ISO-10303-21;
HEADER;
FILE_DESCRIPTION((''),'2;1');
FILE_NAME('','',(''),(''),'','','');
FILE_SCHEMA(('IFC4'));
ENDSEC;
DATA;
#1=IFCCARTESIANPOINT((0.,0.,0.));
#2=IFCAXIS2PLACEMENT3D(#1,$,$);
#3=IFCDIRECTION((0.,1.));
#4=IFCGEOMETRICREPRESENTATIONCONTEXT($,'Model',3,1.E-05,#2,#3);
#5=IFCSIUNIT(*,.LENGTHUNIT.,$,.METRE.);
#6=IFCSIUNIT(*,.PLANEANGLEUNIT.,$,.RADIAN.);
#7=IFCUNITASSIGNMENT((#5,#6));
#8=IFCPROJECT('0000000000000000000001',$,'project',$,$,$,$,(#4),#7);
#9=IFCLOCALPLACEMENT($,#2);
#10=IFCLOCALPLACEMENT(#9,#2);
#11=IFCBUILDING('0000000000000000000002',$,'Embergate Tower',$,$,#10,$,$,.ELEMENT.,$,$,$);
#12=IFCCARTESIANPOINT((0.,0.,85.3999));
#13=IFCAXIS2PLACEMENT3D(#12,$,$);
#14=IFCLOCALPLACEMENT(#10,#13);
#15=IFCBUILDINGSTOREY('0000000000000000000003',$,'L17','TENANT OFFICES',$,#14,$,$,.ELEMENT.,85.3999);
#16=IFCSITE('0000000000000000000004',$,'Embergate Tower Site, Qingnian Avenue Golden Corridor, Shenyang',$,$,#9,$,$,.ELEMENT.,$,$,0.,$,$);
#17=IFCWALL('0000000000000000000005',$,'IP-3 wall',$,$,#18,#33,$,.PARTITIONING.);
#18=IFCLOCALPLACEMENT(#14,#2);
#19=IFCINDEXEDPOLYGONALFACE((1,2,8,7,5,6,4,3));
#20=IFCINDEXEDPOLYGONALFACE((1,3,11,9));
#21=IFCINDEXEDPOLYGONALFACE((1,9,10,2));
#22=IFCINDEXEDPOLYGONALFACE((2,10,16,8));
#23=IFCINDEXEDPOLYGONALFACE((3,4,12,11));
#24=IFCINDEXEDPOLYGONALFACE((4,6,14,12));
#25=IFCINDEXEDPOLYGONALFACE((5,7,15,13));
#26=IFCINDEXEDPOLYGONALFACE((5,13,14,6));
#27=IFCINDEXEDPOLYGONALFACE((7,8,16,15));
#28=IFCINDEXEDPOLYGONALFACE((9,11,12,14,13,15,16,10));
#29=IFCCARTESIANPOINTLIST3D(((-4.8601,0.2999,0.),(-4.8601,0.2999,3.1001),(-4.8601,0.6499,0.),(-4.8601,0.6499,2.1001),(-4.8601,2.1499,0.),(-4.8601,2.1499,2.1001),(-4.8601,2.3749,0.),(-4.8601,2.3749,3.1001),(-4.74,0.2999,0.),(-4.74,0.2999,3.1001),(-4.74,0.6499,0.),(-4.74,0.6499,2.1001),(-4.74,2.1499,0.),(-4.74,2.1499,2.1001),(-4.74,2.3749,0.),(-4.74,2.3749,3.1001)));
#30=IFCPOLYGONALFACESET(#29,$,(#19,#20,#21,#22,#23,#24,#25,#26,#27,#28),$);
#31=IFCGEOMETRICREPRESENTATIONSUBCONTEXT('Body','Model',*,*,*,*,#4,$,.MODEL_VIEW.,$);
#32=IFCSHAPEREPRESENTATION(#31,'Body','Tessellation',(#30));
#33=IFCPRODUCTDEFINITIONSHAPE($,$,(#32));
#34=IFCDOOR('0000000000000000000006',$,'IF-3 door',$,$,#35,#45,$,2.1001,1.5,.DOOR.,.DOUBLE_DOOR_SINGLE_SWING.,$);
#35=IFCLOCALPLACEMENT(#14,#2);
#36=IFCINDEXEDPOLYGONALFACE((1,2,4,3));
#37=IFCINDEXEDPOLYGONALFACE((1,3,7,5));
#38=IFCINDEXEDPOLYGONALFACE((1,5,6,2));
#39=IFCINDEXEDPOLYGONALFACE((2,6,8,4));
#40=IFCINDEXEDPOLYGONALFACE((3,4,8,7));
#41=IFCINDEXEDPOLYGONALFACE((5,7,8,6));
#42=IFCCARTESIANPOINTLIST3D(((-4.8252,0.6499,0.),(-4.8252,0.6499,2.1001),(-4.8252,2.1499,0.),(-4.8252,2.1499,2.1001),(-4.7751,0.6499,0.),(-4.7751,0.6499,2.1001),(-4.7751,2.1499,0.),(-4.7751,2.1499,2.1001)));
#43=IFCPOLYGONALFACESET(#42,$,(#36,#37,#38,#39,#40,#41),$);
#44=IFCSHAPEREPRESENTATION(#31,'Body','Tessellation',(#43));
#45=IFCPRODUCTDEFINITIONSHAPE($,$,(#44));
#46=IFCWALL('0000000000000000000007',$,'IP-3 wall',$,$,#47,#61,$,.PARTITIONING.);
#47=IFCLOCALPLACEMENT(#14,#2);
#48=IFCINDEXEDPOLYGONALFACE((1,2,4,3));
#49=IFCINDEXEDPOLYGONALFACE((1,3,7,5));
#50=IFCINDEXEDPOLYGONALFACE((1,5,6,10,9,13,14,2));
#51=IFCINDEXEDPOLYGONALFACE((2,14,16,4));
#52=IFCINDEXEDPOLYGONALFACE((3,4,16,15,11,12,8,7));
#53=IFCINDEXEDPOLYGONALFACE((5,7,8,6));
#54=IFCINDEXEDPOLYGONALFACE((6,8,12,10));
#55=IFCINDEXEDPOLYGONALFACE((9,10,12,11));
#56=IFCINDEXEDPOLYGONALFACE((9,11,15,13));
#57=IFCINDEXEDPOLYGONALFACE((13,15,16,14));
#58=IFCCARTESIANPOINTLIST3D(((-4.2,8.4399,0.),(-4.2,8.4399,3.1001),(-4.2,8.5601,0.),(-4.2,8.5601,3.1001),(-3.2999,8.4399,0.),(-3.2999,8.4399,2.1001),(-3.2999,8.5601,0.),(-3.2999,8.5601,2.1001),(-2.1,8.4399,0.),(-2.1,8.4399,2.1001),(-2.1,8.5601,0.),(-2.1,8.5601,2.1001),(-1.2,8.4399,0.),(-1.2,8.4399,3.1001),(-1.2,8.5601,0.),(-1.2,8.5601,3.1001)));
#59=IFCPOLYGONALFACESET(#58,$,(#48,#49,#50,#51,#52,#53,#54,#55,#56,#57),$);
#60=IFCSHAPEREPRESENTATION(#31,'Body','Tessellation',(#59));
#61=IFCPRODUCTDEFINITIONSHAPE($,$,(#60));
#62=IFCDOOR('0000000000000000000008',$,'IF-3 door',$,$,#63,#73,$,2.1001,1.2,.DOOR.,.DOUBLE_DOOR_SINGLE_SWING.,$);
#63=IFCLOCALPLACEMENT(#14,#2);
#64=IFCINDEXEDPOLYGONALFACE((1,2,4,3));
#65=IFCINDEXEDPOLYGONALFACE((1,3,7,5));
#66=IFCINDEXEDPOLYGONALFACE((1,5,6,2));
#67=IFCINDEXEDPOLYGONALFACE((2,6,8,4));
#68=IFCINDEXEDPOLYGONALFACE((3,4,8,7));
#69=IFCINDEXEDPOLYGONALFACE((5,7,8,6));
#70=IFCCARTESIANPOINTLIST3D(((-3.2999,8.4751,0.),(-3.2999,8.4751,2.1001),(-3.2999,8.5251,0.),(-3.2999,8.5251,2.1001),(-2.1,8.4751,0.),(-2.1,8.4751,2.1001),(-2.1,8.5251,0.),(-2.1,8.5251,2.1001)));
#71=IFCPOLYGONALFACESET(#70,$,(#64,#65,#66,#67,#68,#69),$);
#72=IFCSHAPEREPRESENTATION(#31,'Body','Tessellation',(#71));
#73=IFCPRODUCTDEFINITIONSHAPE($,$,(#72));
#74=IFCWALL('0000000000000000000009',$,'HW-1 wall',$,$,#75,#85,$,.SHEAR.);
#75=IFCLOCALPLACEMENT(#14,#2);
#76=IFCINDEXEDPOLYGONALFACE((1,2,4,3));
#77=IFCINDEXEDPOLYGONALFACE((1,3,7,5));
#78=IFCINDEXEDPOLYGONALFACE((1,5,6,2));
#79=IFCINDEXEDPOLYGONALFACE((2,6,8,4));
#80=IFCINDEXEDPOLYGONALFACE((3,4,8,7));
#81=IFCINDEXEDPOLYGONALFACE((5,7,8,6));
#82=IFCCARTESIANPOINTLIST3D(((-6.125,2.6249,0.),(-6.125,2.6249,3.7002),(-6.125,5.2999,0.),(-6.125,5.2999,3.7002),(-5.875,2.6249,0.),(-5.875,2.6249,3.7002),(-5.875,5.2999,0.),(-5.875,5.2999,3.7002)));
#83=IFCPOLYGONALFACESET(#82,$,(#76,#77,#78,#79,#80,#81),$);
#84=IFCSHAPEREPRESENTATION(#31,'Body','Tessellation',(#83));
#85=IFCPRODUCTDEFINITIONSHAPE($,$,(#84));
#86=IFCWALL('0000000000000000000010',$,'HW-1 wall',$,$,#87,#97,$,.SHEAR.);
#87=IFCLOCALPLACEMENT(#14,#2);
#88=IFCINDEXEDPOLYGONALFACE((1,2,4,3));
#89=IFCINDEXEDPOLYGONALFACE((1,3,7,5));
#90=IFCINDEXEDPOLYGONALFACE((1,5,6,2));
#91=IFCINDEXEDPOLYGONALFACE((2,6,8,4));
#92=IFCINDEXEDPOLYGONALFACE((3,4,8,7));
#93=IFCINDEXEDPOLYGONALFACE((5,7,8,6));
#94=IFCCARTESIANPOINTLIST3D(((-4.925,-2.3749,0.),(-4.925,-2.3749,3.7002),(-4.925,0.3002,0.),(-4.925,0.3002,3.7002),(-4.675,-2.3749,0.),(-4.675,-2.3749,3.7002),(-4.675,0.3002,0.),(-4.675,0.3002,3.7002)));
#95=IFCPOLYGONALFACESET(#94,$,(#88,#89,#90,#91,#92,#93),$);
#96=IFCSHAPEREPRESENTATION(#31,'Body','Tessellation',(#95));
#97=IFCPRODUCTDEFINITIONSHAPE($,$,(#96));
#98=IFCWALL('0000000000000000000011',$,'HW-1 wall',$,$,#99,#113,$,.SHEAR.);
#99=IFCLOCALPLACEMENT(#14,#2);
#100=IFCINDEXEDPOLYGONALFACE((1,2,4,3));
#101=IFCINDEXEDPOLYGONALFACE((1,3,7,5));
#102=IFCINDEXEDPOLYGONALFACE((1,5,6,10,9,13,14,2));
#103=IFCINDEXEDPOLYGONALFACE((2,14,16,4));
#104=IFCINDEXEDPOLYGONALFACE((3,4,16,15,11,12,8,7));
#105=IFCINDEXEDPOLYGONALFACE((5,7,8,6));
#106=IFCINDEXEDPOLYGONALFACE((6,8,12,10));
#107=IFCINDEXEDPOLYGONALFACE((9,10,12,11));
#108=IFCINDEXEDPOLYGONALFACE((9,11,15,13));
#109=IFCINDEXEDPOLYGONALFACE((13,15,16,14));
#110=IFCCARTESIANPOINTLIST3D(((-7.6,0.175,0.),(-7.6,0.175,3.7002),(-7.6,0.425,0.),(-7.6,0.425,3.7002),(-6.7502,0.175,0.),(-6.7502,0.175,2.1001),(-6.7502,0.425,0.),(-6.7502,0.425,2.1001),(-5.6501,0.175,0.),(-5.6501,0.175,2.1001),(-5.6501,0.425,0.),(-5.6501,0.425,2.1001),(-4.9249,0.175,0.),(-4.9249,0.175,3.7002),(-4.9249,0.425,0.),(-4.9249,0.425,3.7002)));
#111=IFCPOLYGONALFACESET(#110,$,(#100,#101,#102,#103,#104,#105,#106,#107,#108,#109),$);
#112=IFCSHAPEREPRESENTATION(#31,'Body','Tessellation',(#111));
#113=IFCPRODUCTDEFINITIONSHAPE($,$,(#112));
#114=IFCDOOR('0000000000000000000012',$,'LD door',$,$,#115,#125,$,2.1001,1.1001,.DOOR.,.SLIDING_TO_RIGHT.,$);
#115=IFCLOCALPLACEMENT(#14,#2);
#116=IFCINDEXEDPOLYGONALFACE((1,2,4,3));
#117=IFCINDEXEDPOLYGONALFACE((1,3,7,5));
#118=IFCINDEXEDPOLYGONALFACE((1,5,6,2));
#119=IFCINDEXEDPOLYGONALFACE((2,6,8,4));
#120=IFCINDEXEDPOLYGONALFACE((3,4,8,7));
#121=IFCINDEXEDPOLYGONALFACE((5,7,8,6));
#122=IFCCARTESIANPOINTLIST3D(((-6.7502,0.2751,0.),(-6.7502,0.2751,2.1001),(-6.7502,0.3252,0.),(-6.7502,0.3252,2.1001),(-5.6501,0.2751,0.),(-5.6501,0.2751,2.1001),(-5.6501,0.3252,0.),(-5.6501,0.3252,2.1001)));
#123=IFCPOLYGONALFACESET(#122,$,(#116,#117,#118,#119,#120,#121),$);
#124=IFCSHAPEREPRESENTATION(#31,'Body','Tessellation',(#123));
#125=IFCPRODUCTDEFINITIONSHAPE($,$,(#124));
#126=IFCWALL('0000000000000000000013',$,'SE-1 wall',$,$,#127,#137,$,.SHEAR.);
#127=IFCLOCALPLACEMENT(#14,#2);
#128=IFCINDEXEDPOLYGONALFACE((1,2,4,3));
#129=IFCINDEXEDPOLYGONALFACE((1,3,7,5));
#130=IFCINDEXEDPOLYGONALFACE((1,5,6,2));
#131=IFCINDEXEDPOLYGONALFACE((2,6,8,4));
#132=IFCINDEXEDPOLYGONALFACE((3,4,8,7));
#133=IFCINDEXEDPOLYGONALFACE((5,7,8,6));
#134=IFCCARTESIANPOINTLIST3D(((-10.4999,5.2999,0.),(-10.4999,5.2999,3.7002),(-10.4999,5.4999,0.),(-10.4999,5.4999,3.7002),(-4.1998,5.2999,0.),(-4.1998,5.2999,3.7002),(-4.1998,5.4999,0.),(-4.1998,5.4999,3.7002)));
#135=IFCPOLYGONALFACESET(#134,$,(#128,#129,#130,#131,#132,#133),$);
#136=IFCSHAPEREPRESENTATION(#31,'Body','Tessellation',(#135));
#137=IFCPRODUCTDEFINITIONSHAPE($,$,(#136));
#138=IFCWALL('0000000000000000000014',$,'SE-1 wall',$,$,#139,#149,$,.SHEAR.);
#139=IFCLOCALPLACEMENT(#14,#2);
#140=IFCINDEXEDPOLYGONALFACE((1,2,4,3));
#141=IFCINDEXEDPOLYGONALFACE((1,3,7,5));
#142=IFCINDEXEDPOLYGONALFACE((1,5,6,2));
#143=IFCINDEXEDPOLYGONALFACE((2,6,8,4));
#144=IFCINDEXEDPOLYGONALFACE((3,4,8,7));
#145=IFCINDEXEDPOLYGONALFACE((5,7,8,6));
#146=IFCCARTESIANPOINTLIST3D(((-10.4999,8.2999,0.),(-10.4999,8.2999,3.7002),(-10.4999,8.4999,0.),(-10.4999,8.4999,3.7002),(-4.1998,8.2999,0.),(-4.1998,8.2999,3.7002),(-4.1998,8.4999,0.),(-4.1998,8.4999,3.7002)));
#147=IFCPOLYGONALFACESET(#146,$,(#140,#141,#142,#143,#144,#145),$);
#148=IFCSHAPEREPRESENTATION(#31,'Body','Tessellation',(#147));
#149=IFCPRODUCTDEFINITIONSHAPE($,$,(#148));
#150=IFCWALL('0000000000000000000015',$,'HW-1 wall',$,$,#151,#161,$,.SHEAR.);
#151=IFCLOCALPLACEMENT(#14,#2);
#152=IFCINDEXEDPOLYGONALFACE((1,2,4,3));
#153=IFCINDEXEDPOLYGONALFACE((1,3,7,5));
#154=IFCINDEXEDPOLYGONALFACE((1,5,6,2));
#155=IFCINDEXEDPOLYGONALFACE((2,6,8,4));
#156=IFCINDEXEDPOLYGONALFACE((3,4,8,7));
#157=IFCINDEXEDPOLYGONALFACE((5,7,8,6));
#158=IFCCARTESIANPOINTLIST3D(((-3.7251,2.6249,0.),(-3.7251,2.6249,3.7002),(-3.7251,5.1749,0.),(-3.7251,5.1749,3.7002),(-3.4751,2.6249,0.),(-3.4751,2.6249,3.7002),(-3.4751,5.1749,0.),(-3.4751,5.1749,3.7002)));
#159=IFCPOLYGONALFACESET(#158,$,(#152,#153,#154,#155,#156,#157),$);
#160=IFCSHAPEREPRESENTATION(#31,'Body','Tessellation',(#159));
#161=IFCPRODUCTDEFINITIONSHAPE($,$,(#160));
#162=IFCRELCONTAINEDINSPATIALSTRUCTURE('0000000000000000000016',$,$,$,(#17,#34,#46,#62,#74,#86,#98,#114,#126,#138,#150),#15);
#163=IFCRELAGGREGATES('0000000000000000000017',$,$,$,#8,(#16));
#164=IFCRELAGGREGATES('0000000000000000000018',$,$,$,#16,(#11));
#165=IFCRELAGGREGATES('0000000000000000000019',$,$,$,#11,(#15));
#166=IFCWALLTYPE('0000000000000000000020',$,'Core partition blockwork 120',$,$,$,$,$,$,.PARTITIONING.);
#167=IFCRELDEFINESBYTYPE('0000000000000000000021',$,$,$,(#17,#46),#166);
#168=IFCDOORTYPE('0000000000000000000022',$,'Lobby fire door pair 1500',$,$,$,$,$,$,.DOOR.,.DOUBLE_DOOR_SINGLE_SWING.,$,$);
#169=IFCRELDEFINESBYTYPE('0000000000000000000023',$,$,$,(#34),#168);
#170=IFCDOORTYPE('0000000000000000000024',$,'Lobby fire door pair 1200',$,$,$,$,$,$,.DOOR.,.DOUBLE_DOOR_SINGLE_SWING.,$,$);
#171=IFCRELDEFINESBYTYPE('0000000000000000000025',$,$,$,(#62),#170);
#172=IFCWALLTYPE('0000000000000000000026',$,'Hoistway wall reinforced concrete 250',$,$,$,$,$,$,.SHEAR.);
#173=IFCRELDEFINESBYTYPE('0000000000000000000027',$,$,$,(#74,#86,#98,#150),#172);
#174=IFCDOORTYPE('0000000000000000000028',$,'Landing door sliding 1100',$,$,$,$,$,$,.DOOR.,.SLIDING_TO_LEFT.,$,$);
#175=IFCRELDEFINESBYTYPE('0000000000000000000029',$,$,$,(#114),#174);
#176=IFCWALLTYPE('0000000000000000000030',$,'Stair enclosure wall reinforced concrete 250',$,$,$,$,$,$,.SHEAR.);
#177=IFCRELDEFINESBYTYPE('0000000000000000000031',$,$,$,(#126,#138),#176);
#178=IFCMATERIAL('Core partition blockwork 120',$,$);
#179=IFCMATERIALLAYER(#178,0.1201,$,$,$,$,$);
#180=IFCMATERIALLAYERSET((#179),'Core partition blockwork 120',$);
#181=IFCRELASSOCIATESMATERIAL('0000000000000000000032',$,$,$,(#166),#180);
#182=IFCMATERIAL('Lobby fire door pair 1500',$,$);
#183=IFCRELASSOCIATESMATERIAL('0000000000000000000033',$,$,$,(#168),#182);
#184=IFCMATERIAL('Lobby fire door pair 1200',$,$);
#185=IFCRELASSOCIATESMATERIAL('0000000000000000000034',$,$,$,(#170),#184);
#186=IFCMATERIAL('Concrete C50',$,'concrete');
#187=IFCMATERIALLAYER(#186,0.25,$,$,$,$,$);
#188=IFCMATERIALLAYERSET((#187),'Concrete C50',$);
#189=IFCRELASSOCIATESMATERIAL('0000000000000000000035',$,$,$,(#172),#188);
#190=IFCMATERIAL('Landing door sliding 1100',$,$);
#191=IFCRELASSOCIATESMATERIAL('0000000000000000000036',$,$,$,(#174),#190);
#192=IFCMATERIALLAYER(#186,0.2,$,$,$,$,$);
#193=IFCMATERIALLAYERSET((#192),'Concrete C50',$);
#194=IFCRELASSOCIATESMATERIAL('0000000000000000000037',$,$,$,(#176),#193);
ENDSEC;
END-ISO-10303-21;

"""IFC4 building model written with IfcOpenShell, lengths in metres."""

from ifc_helpers import new_model, si_unit, direction, frame, frame_2d, origin, place, context, subcontext, project, spatial, rectangle, extrude, source, transform, mapped, material, layer, layer_set, type_object, element, fill, save


model = new_model("IFC4")

# Units and contexts
model_context = context("Model", 3, precision=1e-05, world=origin(), true_north=direction((0.0, 1.0)))
body_context = subcontext(model_context, "Body", "Model", "MODEL_VIEW")
ifc_project = project(units=[si_unit("LENGTHUNIT", "METRE"), si_unit("PLANEANGLEUNIT", "RADIAN")], contexts=[model_context])

# Site, building, storey
site_placement = place(None, origin())
site = spatial("IfcSite", under=ifc_project, at=site_placement, Name="Embergate Tower Site, Qingnian Avenue Golden Corridor, Shenyang", CompositionType="ELEMENT", RefElevation=0.0)
building_placement = place(site_placement, origin())
building = spatial("IfcBuilding", under=site, at=building_placement, Name="Embergate Tower", CompositionType="ELEMENT")
storey_placement = place(building_placement, frame((0.0, 0.0, 85.3999)))
storey = spatial("IfcBuildingStorey", under=building, at=storey_placement, Name="L17", Description="TENANT OFFICES", CompositionType="ELEMENT", Elevation=85.3999)

# Walls, openings, doors
ifc_material_1 = material(Name="Core partition blockwork 120")
ifc_layer_1 = layer(ifc_material_1, 0.1201)
ifc_layer_set_1 = layer_set([ifc_layer_1], Name="Core partition blockwork 120")
wall_type_1 = type_object("IfcWallType", Name="Core partition blockwork 120", PredefinedType="PARTITIONING", material=ifc_layer_set_1)
shared_shape_1 = source(origin(), body_context, "Body", "SweptSolid", [
    extrude(rectangle(XDim=2.075, YDim=0.1201, at=frame_2d((1.0376, 0.0))), origin(), (0.0, 0.0, 1.0), 3.1001),
])
wall_1_placement = place(storey_placement, frame((-4.8, 2.375, 0.0), z_axis=(0.0, 0.0, 1.0), x_axis=(0.0, -1.0, 0.0)))
wall_1 = element("IfcWall", 1, at=wall_1_placement, inside=storey, type_object=wall_type_1, Name="IP-3 wall", PredefinedType="PARTITIONING", context=body_context, shape_type="MappedRepresentation", body=[
    mapped(shared_shape_1, transform((0.0, 0.0, 0.0))),
])
shared_shape_2 = source(origin(), body_context, "Body", "SweptSolid", [
    extrude(rectangle(XDim=1.5, YDim=2.1001, at=frame_2d((0.75, 1.05))), frame((0.0, 0.0701, 0.0), z_axis=(0.0, -1.0, 0.0), x_axis=(1.0, 0.0, 0.0)), (0.0, 0.0, 1.0), 0.1401),
])
opening_1_placement = place(wall_1_placement, frame((0.2251, 0.0, 0.0)))
opening_1 = element("IfcOpeningElement", 2, at=opening_1_placement, cuts=wall_1, PredefinedType="OPENING", context=body_context, shape_type="MappedRepresentation", body=[
    mapped(shared_shape_2, transform((0.0, 0.0, 0.0))),
])
ifc_material_2 = material(Name="Lobby fire door pair 1500")
door_type_1 = type_object("IfcDoorType", Name="Lobby fire door pair 1500", OperationType="DOUBLE_DOOR_SINGLE_SWING", PredefinedType="DOOR", material=ifc_material_2)
shared_shape_3 = source(origin(), body_context, "Body", "SweptSolid", [
    extrude(rectangle(XDim=1.5, YDim=2.1001, at=frame_2d((0.75, 1.05))), frame((0.0, 0.0249, 0.0), z_axis=(0.0, -1.0, 0.0), x_axis=(1.0, 0.0, 0.0)), (0.0, 0.0, 1.0), 0.05),
])
door_1_placement = place(opening_1_placement, origin())
door_1 = element("IfcDoor", 3, at=door_1_placement, inside=storey, type_object=door_type_1, Name="IF-3 door", OperationType="DOUBLE_DOOR_SINGLE_SWING", OverallHeight=2.1001, OverallWidth=1.5, PredefinedType="DOOR", context=body_context, shape_type="MappedRepresentation", body=[
    mapped(shared_shape_3, transform((0.0, 0.0, 0.0))),
])
fill(opening_1, door_1)
shared_shape_4 = source(origin(), body_context, "Body", "SweptSolid", [
    extrude(rectangle(XDim=3.0, YDim=0.1201, at=frame_2d((1.5, 0.0))), origin(), (0.0, 0.0, 1.0), 3.1001),
])
wall_2_placement = place(storey_placement, frame((-1.2, 8.5, 0.0), z_axis=(0.0, 0.0, 1.0), x_axis=(-1.0, 0.0, 0.0)))
wall_2 = element("IfcWall", 4, at=wall_2_placement, inside=storey, type_object=wall_type_1, Name="IP-3 wall", PredefinedType="PARTITIONING", context=body_context, shape_type="MappedRepresentation", body=[
    mapped(shared_shape_4, transform((0.0, 0.0, 0.0))),
])
shared_shape_5 = source(origin(), body_context, "Body", "SweptSolid", [
    extrude(rectangle(XDim=1.2, YDim=2.1001, at=frame_2d((0.6001, 1.05))), frame((0.0, 0.0701, 0.0), z_axis=(0.0, -1.0, 0.0), x_axis=(1.0, 0.0, 0.0)), (0.0, 0.0, 1.0), 0.1401),
])
opening_2_placement = place(wall_2_placement, frame((0.8999, 0.0, 0.0)))
opening_2 = element("IfcOpeningElement", 5, at=opening_2_placement, cuts=wall_2, PredefinedType="OPENING", context=body_context, shape_type="MappedRepresentation", body=[
    mapped(shared_shape_5, transform((0.0, 0.0, 0.0))),
])
ifc_material_3 = material(Name="Lobby fire door pair 1200")
door_type_2 = type_object("IfcDoorType", Name="Lobby fire door pair 1200", OperationType="DOUBLE_DOOR_SINGLE_SWING", PredefinedType="DOOR", material=ifc_material_3)
shared_shape_6 = source(origin(), body_context, "Body", "SweptSolid", [
    extrude(rectangle(XDim=1.2, YDim=2.1001, at=frame_2d((0.6001, 1.05))), frame((0.0, 0.0249, 0.0), z_axis=(0.0, -1.0, 0.0), x_axis=(1.0, 0.0, 0.0)), (0.0, 0.0, 1.0), 0.05),
])
door_2_placement = place(opening_2_placement, origin())
door_2 = element("IfcDoor", 6, at=door_2_placement, inside=storey, type_object=door_type_2, Name="IF-3 door", OperationType="DOUBLE_DOOR_SINGLE_SWING", OverallHeight=2.1001, OverallWidth=1.2, PredefinedType="DOOR", context=body_context, shape_type="MappedRepresentation", body=[
    mapped(shared_shape_6, transform((0.0, 0.0, 0.0))),
])
fill(opening_2, door_2)

# Walls
ifc_material_4 = material(Name="Concrete C50", Category="concrete")
ifc_layer_2 = layer(ifc_material_4, 0.25)
ifc_layer_set_2 = layer_set([ifc_layer_2], Name="Concrete C50")
wall_type_2 = type_object("IfcWallType", Name="Hoistway wall reinforced concrete 250", PredefinedType="SHEAR", material=ifc_layer_set_2)
shared_shape_7 = source(origin(), body_context, "Body", "SweptSolid", [
    extrude(rectangle(XDim=2.675, YDim=0.25, at=frame_2d((1.3374, 0.0))), origin(), (0.0, 0.0, 1.0), 3.7002),
])
for number, where, z_axis, x_axis, name in (
    (7, (-6.0, 2.625, 0.0), (0.0, 0.0, 1.0), (0.0, 1.0, 0.0), "HW-1 wall"),
    (8, (-4.8, 0.3, 0.0), (0.0, 0.0, 1.0), (0.0, -1.0, 0.0), "HW-1 wall"),
):
    element("IfcWall", number, at=place(storey_placement, frame(where, z_axis=z_axis, x_axis=x_axis)), inside=storey, type_object=wall_type_2, Name=name, PredefinedType="SHEAR", context=body_context, shape_type="MappedRepresentation", body=[
        mapped(shared_shape_7, transform((0.0, 0.0, 0.0))),
    ])

# Wall, opening, door
wall_3_placement = place(storey_placement, frame((-4.925, 0.3, 0.0), z_axis=(0.0, 0.0, 1.0), x_axis=(-1.0, 0.0, 0.0)))
wall_3 = element("IfcWall", 9, at=wall_3_placement, inside=storey, type_object=wall_type_2, Name="HW-1 wall", PredefinedType="SHEAR", context=body_context, shape_type="MappedRepresentation", body=[
    mapped(shared_shape_7, transform((0.0, 0.0, 0.0))),
])
shared_shape_8 = source(origin(), body_context, "Body", "SweptSolid", [
    extrude(rectangle(XDim=1.1001, YDim=2.1001, at=frame_2d((0.55, 1.05))), frame((0.0, 0.135, 0.0), z_axis=(0.0, -1.0, 0.0), x_axis=(1.0, 0.0, 0.0)), (0.0, 0.0, 1.0), 0.27),
])
opening_3_placement = place(wall_3_placement, frame((0.7251, 0.0, 0.0)))
opening_3 = element("IfcOpeningElement", 10, at=opening_3_placement, cuts=wall_3, PredefinedType="OPENING", context=body_context, shape_type="MappedRepresentation", body=[
    mapped(shared_shape_8, transform((0.0, 0.0, 0.0))),
])
ifc_material_5 = material(Name="Landing door sliding 1100")
door_type_3 = type_object("IfcDoorType", Name="Landing door sliding 1100", OperationType="SLIDING_TO_LEFT", PredefinedType="DOOR", material=ifc_material_5)
shared_shape_9 = source(origin(), body_context, "Body", "SweptSolid", [
    extrude(rectangle(XDim=1.1001, YDim=2.1001, at=frame_2d((0.55, 1.05))), frame((0.0, 0.0249, 0.0), z_axis=(0.0, -1.0, 0.0), x_axis=(1.0, 0.0, 0.0)), (0.0, 0.0, 1.0), 0.05),
])
door_3_placement = place(opening_3_placement, origin())
door_3 = element("IfcDoor", 11, at=door_3_placement, inside=storey, type_object=door_type_3, Name="LD door", OperationType="SLIDING_TO_RIGHT", OverallHeight=2.1001, OverallWidth=1.1001, PredefinedType="DOOR", context=body_context, shape_type="MappedRepresentation", body=[
    mapped(shared_shape_9, transform((0.0, 0.0, 0.0))),
])
fill(opening_3, door_3)

# Walls
ifc_layer_3 = layer(ifc_material_4, 0.2)
ifc_layer_set_3 = layer_set([ifc_layer_3], Name="Concrete C50")
wall_type_3 = type_object("IfcWallType", Name="Stair enclosure wall reinforced concrete 250", PredefinedType="SHEAR", material=ifc_layer_set_3)
shared_shape_10 = source(origin(), body_context, "Body", "SweptSolid", [
    extrude(rectangle(XDim=6.3, YDim=0.2, at=frame_2d((3.1499, 0.0))), origin(), (0.0, 0.0, 1.0), 3.7002),
])
for number, where, z_axis, x_axis, name in (
    (12, (-4.2, 5.3999, 0.0), (0.0, 0.0, 1.0), (-1.0, 0.0, 0.0), "SE-1 wall"),
    (13, (-4.2, 8.3999, 0.0), (0.0, 0.0, 1.0), (-1.0, 0.0, 0.0), "SE-1 wall"),
):
    element("IfcWall", number, at=place(storey_placement, frame(where, z_axis=z_axis, x_axis=x_axis)), inside=storey, type_object=wall_type_3, Name=name, PredefinedType="SHEAR", context=body_context, shape_type="MappedRepresentation", body=[
        mapped(shared_shape_10, transform((0.0, 0.0, 0.0))),
    ])
shared_shape_11 = source(origin(), body_context, "Body", "SweptSolid", [
    extrude(rectangle(XDim=2.55, YDim=0.25, at=frame_2d((1.2749, 0.0))), origin(), (0.0, 0.0, 1.0), 3.7002),
])
for number, where, z_axis, x_axis, name in (
    (14, (-3.6001, 2.625, 0.0), (0.0, 0.0, 1.0), (0.0, 1.0, 0.0), "HW-1 wall"),
):
    element("IfcWall", number, at=place(storey_placement, frame(where, z_axis=z_axis, x_axis=x_axis)), inside=storey, type_object=wall_type_2, Name=name, PredefinedType="SHEAR", context=body_context, shape_type="MappedRepresentation", body=[
        mapped(shared_shape_11, transform((0.0, 0.0, 0.0))),
    ])

save(model, "model.ifc")
